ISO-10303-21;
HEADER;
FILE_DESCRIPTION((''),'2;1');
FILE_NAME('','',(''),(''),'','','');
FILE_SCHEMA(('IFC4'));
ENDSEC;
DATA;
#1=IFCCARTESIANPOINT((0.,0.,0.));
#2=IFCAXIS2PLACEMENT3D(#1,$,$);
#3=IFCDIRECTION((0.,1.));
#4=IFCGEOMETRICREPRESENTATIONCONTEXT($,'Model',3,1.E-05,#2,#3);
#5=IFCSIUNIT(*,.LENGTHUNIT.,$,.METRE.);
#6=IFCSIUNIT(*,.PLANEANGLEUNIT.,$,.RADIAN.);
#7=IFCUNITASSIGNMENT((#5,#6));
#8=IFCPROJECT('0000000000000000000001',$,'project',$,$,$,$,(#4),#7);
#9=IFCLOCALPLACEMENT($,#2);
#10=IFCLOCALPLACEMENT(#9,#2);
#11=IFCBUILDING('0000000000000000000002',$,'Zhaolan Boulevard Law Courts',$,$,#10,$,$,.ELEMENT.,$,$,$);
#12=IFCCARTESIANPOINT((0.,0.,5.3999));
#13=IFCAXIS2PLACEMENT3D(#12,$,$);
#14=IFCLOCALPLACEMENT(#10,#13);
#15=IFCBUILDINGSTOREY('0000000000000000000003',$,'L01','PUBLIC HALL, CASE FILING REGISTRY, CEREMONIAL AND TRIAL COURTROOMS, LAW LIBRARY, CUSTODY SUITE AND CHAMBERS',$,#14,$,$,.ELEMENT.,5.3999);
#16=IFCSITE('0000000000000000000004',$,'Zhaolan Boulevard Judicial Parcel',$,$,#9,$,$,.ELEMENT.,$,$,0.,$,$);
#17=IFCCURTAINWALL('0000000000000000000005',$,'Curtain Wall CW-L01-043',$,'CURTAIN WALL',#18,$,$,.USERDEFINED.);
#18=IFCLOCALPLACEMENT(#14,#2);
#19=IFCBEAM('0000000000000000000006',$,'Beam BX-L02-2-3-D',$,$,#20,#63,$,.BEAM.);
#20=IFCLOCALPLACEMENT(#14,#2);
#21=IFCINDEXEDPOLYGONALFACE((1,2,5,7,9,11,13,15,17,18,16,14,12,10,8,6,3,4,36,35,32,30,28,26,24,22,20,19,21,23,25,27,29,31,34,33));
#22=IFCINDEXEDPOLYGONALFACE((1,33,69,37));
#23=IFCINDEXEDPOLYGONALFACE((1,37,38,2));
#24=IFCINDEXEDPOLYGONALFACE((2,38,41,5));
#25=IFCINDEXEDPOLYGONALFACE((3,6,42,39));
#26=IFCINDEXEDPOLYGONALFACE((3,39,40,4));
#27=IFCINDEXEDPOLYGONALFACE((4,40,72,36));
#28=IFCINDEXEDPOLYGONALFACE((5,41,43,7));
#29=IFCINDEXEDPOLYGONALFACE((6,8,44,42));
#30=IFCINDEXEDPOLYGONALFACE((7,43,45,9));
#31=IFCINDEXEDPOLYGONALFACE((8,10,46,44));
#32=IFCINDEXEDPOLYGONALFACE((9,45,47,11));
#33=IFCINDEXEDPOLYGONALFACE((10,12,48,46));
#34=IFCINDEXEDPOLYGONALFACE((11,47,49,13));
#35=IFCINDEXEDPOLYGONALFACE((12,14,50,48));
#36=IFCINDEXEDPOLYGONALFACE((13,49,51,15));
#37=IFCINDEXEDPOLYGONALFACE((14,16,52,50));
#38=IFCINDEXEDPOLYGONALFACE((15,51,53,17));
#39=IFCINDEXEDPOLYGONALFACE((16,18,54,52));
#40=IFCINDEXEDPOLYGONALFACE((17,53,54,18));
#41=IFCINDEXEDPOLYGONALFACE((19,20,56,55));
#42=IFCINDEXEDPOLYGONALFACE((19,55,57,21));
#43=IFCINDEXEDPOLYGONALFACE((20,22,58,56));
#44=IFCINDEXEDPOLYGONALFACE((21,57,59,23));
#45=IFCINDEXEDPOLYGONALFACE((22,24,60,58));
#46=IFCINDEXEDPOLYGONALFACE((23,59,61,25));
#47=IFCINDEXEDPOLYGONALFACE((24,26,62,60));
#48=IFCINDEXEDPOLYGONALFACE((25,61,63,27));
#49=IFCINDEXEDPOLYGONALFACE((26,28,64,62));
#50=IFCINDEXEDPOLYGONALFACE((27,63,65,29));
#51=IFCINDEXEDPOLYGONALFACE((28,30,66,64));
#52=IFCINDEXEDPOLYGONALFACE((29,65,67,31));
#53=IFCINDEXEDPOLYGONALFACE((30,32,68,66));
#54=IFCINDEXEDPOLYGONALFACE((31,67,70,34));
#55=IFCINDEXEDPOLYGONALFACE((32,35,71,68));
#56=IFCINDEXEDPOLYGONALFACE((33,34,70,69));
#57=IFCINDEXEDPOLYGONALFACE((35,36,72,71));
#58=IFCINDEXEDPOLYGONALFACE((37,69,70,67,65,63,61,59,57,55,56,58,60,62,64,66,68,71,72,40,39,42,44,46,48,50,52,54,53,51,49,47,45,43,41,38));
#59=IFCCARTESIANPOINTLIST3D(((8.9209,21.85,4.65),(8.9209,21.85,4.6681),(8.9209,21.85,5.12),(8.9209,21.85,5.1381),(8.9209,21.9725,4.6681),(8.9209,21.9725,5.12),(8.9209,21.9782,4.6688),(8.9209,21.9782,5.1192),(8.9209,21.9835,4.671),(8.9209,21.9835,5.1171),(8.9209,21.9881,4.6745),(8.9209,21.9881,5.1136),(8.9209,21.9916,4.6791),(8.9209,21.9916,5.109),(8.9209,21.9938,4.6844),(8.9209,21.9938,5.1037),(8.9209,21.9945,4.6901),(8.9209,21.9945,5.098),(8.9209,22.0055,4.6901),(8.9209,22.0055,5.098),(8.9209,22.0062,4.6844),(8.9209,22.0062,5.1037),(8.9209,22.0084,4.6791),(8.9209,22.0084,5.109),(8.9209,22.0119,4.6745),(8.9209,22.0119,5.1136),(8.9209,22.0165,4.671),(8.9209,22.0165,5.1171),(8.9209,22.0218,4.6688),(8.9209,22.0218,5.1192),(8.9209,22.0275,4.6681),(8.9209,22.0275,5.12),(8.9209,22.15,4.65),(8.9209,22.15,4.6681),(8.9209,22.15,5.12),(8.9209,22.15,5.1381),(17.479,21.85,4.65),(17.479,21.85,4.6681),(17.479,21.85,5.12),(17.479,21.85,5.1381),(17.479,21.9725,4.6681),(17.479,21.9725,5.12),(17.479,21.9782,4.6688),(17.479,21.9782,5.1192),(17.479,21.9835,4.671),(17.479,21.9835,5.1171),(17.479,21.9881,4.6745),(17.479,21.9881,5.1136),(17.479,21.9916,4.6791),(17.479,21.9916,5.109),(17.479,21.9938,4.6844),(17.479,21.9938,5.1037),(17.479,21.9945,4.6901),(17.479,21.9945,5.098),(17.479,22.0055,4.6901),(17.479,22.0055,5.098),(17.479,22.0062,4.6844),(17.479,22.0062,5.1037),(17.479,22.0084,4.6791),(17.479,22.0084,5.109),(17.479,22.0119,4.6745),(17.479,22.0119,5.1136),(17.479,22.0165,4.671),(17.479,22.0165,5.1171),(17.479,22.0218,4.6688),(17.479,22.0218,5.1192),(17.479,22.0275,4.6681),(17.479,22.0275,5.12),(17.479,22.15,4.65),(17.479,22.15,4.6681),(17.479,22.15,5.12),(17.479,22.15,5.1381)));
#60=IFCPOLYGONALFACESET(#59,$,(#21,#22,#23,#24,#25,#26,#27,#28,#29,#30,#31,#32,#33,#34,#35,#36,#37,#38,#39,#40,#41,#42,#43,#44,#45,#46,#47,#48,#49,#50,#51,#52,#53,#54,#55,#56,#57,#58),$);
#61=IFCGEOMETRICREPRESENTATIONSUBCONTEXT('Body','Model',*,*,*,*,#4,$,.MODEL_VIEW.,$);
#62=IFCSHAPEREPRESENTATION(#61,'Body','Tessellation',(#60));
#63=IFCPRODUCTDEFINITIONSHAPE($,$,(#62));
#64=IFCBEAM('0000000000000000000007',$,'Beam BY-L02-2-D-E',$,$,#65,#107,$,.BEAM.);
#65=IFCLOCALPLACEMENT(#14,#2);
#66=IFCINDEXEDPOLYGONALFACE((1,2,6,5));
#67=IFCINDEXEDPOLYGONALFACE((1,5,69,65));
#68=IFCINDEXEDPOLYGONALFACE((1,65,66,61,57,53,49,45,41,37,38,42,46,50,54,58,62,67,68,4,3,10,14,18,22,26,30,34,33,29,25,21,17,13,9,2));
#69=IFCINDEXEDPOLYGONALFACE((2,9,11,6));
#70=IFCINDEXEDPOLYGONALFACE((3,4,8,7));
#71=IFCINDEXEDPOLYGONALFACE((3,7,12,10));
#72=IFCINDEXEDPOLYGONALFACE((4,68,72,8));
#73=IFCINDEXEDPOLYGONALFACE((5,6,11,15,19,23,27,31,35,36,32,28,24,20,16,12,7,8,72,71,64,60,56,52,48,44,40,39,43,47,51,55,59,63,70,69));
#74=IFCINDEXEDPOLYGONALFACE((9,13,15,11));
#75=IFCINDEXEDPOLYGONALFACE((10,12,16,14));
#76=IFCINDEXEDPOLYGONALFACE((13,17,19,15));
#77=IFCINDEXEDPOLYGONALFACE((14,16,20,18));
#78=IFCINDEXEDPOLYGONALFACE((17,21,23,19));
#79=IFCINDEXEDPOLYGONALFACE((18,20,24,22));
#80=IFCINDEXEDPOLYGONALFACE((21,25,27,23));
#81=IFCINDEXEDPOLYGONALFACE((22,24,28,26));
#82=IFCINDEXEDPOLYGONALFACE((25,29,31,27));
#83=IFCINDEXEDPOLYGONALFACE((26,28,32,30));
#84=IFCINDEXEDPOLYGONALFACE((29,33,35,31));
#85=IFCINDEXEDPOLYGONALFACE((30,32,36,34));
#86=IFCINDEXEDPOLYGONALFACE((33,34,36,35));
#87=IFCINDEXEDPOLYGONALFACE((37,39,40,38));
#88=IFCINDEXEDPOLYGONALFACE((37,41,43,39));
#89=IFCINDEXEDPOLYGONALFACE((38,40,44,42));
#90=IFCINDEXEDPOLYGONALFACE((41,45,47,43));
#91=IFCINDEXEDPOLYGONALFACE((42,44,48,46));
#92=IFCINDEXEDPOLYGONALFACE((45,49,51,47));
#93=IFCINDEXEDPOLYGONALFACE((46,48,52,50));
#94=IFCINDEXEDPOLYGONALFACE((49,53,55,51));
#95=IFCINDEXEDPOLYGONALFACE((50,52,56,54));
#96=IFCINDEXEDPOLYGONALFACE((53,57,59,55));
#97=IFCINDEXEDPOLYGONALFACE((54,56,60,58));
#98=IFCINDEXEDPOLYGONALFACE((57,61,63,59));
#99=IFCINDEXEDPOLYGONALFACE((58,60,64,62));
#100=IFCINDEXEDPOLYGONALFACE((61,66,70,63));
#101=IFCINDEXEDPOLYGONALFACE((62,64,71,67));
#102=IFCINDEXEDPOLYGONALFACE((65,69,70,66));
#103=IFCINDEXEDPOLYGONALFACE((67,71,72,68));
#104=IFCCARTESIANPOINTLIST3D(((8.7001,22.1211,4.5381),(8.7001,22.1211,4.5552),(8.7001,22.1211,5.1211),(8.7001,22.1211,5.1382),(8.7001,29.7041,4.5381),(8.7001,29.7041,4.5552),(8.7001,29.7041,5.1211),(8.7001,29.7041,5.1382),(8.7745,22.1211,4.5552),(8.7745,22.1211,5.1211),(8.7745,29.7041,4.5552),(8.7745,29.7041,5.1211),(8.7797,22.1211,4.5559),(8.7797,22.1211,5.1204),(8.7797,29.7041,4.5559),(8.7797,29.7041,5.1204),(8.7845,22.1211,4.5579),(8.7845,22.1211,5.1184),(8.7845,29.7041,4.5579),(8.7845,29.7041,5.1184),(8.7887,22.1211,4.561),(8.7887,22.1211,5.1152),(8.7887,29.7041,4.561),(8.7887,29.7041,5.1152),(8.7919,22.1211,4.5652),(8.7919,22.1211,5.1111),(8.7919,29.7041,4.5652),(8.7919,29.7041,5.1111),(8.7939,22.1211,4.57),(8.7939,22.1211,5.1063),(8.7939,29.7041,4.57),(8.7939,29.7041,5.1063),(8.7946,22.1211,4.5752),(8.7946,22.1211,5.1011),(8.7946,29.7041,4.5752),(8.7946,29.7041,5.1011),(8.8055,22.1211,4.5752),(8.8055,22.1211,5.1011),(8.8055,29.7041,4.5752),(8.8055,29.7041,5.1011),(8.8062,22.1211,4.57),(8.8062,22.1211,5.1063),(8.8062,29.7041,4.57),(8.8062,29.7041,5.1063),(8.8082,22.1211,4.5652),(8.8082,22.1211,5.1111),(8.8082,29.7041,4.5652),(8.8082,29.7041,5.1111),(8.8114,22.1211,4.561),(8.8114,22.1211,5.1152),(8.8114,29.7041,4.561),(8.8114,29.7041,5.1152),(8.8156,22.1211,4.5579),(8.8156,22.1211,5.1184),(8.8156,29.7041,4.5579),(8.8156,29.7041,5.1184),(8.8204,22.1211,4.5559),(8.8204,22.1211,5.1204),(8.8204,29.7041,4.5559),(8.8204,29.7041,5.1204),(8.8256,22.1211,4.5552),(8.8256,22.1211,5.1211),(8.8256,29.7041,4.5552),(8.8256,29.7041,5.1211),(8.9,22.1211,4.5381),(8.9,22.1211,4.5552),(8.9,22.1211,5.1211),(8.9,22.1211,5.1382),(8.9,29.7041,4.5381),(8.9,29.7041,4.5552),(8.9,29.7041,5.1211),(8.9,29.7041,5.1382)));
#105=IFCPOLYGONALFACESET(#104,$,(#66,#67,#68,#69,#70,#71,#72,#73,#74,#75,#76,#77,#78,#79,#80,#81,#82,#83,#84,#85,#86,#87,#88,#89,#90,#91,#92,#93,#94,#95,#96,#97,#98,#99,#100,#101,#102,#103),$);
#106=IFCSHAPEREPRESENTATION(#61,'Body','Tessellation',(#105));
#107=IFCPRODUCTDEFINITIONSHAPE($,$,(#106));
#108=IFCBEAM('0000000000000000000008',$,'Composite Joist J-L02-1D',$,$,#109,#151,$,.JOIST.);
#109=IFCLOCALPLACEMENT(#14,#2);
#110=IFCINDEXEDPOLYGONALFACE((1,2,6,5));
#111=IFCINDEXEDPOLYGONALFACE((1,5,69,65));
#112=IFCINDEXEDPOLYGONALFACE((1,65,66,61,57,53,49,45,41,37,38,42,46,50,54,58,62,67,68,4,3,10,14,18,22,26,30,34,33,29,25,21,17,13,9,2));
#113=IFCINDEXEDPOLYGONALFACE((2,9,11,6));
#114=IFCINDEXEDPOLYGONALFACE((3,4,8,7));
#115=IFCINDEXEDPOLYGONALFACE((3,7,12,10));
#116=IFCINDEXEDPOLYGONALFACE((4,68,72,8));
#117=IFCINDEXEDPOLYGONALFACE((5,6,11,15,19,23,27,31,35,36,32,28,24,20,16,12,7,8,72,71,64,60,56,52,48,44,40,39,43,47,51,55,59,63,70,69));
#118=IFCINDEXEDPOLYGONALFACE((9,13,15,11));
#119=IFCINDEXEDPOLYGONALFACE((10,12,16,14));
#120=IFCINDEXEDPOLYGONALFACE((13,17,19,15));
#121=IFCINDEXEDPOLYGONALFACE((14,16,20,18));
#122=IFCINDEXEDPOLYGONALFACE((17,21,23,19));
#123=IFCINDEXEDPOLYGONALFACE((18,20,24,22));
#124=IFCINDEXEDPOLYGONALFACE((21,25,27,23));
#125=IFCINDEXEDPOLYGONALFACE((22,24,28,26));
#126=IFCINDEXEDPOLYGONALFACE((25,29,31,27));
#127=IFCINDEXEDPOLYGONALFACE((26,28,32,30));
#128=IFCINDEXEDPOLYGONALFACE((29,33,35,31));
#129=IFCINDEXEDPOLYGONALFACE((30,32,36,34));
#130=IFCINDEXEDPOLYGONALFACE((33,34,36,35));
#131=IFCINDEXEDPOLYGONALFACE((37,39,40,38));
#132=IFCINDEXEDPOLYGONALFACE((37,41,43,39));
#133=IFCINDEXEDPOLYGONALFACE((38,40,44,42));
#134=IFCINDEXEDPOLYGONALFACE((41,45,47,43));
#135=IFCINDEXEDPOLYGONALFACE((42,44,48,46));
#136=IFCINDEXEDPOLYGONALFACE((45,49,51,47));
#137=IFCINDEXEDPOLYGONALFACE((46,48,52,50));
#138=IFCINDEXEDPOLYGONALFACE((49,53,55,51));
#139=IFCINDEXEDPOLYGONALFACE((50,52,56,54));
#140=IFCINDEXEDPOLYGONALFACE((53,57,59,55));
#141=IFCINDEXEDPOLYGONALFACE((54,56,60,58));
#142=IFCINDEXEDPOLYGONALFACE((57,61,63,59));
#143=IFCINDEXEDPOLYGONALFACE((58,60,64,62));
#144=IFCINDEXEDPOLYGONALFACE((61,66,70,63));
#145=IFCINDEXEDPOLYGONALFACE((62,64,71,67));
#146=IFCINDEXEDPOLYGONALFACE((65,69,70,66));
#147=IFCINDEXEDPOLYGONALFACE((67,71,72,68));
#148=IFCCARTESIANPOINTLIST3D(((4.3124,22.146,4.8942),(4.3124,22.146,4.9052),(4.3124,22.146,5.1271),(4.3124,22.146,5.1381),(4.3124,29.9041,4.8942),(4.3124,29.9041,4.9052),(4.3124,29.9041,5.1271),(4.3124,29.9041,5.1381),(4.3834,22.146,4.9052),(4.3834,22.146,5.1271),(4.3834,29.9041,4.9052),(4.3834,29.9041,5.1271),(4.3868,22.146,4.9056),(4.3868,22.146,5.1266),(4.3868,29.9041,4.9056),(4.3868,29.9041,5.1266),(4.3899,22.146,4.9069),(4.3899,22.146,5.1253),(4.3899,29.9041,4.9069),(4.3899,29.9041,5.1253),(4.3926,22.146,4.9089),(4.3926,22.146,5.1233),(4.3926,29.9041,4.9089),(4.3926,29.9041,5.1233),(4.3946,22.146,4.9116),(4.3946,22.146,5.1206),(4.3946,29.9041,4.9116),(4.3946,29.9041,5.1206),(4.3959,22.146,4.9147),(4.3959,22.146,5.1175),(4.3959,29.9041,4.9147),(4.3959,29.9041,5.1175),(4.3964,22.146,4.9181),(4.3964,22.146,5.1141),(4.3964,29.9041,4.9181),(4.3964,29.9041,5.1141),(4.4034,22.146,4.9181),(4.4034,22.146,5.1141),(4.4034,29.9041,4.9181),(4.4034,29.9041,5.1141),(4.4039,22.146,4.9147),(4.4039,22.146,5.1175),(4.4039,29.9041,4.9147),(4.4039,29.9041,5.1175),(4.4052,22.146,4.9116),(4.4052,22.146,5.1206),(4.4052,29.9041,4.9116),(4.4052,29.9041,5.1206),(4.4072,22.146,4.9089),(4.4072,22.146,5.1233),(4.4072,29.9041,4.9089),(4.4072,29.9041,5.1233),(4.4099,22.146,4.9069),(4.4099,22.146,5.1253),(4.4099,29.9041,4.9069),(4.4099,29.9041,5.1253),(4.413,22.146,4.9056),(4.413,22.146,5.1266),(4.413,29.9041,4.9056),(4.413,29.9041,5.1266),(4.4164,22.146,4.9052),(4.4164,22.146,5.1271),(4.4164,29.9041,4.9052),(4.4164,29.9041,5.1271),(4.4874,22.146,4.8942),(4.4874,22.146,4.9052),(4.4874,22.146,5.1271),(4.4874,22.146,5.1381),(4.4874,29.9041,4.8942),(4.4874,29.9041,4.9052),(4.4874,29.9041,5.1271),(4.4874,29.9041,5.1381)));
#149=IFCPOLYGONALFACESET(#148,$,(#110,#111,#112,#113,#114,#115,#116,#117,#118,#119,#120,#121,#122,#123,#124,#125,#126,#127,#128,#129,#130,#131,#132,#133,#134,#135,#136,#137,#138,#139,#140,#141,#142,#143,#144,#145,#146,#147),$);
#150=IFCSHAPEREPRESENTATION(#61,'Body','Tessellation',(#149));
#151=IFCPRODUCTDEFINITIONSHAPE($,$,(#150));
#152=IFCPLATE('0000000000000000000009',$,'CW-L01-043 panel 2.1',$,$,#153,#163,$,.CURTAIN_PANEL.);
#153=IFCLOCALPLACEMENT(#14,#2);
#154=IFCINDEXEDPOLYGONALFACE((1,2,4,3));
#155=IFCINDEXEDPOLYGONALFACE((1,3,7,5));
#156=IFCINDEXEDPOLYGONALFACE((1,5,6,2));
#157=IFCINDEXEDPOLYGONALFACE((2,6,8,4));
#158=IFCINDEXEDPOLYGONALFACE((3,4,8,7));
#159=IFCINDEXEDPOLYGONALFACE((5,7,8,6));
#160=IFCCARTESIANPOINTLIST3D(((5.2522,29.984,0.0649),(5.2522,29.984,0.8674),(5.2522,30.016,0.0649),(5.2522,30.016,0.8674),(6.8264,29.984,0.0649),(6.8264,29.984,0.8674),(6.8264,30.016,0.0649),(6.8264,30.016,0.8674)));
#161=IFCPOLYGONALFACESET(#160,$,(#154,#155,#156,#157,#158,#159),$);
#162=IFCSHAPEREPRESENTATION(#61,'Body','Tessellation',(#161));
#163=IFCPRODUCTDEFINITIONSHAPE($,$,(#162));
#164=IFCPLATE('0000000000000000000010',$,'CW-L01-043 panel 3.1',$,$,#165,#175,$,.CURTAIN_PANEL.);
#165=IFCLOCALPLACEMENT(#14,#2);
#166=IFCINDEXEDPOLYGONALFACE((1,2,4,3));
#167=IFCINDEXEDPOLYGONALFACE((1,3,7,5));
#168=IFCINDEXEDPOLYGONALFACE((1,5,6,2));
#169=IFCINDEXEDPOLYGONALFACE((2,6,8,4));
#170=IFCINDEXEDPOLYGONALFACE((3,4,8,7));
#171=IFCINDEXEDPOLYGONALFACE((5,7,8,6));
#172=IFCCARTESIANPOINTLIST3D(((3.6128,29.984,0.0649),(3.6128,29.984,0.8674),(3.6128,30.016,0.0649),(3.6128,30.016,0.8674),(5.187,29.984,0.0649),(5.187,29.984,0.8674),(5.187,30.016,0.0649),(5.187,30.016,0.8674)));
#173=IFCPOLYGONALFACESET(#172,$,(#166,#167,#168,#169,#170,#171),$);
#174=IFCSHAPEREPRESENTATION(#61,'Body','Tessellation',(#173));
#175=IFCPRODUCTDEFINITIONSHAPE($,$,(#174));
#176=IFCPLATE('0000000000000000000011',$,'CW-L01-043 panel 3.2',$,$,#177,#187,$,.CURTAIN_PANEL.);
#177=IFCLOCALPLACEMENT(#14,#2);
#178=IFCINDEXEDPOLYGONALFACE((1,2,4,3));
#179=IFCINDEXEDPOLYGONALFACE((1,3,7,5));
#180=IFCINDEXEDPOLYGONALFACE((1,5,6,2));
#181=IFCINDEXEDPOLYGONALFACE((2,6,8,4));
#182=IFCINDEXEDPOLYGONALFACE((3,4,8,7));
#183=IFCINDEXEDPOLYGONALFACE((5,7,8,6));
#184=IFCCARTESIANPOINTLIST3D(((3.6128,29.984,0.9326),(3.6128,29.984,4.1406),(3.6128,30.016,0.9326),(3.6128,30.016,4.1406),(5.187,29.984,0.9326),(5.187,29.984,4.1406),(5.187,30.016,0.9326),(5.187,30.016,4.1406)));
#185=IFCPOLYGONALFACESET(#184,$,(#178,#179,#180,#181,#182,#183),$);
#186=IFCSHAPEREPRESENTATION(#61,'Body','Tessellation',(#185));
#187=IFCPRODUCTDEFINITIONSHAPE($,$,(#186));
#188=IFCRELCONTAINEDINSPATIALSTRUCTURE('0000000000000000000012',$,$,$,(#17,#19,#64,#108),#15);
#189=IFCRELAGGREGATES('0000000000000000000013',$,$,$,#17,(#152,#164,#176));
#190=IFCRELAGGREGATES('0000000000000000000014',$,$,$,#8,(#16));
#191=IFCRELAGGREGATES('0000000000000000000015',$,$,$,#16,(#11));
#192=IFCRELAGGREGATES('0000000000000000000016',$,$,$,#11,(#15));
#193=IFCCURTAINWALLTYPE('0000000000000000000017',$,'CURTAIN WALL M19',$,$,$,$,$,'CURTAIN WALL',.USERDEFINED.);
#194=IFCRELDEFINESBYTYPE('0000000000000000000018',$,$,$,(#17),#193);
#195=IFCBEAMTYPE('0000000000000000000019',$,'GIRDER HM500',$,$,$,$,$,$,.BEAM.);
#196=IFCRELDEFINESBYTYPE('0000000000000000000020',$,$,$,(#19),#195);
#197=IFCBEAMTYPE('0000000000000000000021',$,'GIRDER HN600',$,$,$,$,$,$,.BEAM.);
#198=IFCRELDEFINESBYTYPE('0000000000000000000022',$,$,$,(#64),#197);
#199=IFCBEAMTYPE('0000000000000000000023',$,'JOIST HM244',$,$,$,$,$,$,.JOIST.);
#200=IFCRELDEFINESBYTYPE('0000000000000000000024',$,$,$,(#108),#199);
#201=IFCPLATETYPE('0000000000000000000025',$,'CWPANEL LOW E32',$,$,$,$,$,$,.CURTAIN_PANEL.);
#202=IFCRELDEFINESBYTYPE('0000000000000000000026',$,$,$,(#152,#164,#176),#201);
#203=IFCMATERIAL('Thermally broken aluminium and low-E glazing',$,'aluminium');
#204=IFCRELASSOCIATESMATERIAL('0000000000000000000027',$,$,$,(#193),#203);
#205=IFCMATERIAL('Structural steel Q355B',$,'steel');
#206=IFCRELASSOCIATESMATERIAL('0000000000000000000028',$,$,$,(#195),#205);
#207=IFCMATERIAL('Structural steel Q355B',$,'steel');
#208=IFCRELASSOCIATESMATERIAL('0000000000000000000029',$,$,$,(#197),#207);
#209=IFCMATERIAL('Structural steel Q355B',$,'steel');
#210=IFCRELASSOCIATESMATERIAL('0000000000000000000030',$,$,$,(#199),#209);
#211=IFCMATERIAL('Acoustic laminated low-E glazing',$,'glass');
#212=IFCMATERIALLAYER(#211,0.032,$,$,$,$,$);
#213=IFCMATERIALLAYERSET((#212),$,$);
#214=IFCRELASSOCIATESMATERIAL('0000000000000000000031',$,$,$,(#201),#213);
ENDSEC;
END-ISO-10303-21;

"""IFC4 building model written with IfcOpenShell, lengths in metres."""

from ifc_helpers import new_model, si_unit, direction, frame, origin, origin_2d, place, context, subcontext, project, spatial, rectangle, i_section, extrude, material, layer, layer_set, material_profile, profile_set, type_object, element, aggregate, save


model = new_model("IFC4")

# Units and contexts
model_context = context("Model", 3, precision=1e-05, world=origin(), true_north=direction((0.0, 1.0)))
body_context = subcontext(model_context, "Body", "Model", "MODEL_VIEW")
ifc_project = project(units=[si_unit("LENGTHUNIT", "METRE"), si_unit("PLANEANGLEUNIT", "RADIAN")], contexts=[model_context])

# Site, building, storey
site_placement = place(None, origin())
site = spatial("IfcSite", under=ifc_project, at=site_placement, Name="Zhaolan Boulevard Judicial Parcel", CompositionType="ELEMENT", RefElevation=0.0)
building_placement = place(site_placement, origin())
building = spatial("IfcBuilding", under=site, at=building_placement, Name="Zhaolan Boulevard Law Courts", CompositionType="ELEMENT")
storey_placement = place(building_placement, frame((0.0, 0.0, 5.3999)))
storey = spatial("IfcBuildingStorey", under=building, at=storey_placement, Name="L01", Description="PUBLIC HALL, CASE FILING REGISTRY, CEREMONIAL AND TRIAL COURTROOMS, LAW LIBRARY, CUSTODY SUITE AND CHAMBERS", CompositionType="ELEMENT", Elevation=5.3999)

# Curtain wall
ifc_material_1 = material(Name="Thermally broken aluminium and low-E glazing", Category="aluminium")
curtain_wall_type = type_object("IfcCurtainWallType", Name="CURTAIN WALL M19", ElementType="CURTAIN WALL", PredefinedType="USERDEFINED", material=ifc_material_1)
curtain_wall_placement = place(storey_placement, origin())
curtain_wall = element("IfcCurtainWall", 1, at=curtain_wall_placement, inside=storey, type_object=curtain_wall_type, Name="Curtain Wall CW-L01-043", ObjectType="CURTAIN WALL", PredefinedType="USERDEFINED")

# Beams
ifc_material_2 = material(Name="Structural steel Q355B", Category="steel")
ifc_material_profile_1 = material_profile(ifc_material_2, i_section(OverallWidth=0.3, OverallDepth=0.488, WebThickness=0.011, FlangeThickness=0.0181, FilletRadius=0.022, at=origin_2d()), Name="HM488x300")
ifc_profile_set_1 = profile_set([ifc_material_profile_1], Name="Structural steel Q355B")
beam_type_1 = type_object("IfcBeamType", Name="GIRDER HM500", PredefinedType="BEAM", material=ifc_profile_set_1)
beam_1_placement = place(storey_placement, frame((8.9209, 22.0, 4.894), z_axis=(1.0, 0.0, 0.0), x_axis=(0.0, 1.0, 0.0)))
element("IfcBeam", 2, at=beam_1_placement, inside=storey, type_object=beam_type_1, Name="Beam BX-L02-2-3-D", PredefinedType="BEAM", context=body_context, shape_type="SweptSolid", body=[
    extrude(i_section(OverallWidth=0.3, OverallDepth=0.488, WebThickness=0.011, FlangeThickness=0.0181, FilletRadius=0.022, at=origin_2d()), origin(), (0.0, 0.0, 1.0), 8.5581),
])
ifc_material_3 = material(Name="Structural steel Q355B", Category="steel")
ifc_material_profile_2 = material_profile(ifc_material_3, i_section(OverallWidth=0.2, OverallDepth=0.6001, WebThickness=0.011, FlangeThickness=0.0171, FilletRadius=0.02, at=origin_2d()), Name="HN600x200")
ifc_profile_set_2 = profile_set([ifc_material_profile_2], Name="Structural steel Q355B")
beam_type_2 = type_object("IfcBeamType", Name="GIRDER HN600", PredefinedType="BEAM", material=ifc_profile_set_2)
beam_2_placement = place(storey_placement, frame((8.8, 22.1211, 4.8381), z_axis=(0.0, 1.0, 0.0), x_axis=(-1.0, 0.0, 0.0)))
element("IfcBeam", 3, at=beam_2_placement, inside=storey, type_object=beam_type_2, Name="Beam BY-L02-2-D-E", PredefinedType="BEAM", context=body_context, shape_type="SweptSolid", body=[
    extrude(i_section(OverallWidth=0.2, OverallDepth=0.6001, WebThickness=0.011, FlangeThickness=0.0171, FilletRadius=0.02, at=origin_2d()), origin(), (0.0, 0.0, 1.0), 7.583),
])
ifc_material_4 = material(Name="Structural steel Q355B", Category="steel")
ifc_material_profile_3 = material_profile(ifc_material_4, i_section(OverallWidth=0.175, OverallDepth=0.2439, WebThickness=0.0071, FlangeThickness=0.011, FilletRadius=0.0129, at=origin_2d()), Name="HM244x175")
ifc_profile_set_3 = profile_set([ifc_material_profile_3], Name="Structural steel Q355B")
beam_type_3 = type_object("IfcBeamType", Name="JOIST HM244", PredefinedType="JOIST", material=ifc_profile_set_3)
beam_3_placement = place(storey_placement, frame((4.3999, 22.146, 5.0161), z_axis=(0.0, 1.0, 0.0), x_axis=(-1.0, 0.0, 0.0)))
element("IfcBeam", 4, at=beam_3_placement, inside=storey, type_object=beam_type_3, Name="Composite Joist J-L02-1D", PredefinedType="JOIST", context=body_context, shape_type="SweptSolid", body=[
    extrude(i_section(OverallWidth=0.175, OverallDepth=0.2439, WebThickness=0.0071, FlangeThickness=0.011, FilletRadius=0.0129, at=origin_2d()), origin(), (0.0, 0.0, 1.0), 7.7581),
])

# Plates
ifc_material_5 = material(Name="Acoustic laminated low-E glazing", Category="glass")
ifc_layer = layer(ifc_material_5, 0.032)
ifc_layer_set = layer_set([ifc_layer])
plate_type = type_object("IfcPlateType", Name="CWPANEL LOW E32", PredefinedType="CURTAIN_PANEL", material=ifc_layer_set)
plate_1_placement = place(storey_placement, frame((6.0393, 30.0, 0.0649), z_axis=(0.0, 0.0, 1.0), x_axis=(-1.0, 0.0, 0.0)))
plate_1 = element("IfcPlate", 5, at=plate_1_placement, type_object=plate_type, Name="CW-L01-043 panel 2.1", PredefinedType="CURTAIN_PANEL", context=body_context, shape_type="SweptSolid", body=[
    extrude(rectangle(XDim=1.5742, YDim=0.032, at=origin_2d()), origin(), (0.0, 0.0, 1.0), 0.8025),
])
plate_2_placement = place(storey_placement, frame((4.3999, 30.0, 0.0649), z_axis=(0.0, 0.0, 1.0), x_axis=(-1.0, 0.0, 0.0)))
plate_2 = element("IfcPlate", 6, at=plate_2_placement, type_object=plate_type, Name="CW-L01-043 panel 3.1", PredefinedType="CURTAIN_PANEL", context=body_context, shape_type="SweptSolid", body=[
    extrude(rectangle(XDim=1.5742, YDim=0.032, at=origin_2d()), origin(), (0.0, 0.0, 1.0), 0.8025),
])
plate_3_placement = place(storey_placement, frame((4.3999, 30.0, 0.9326), z_axis=(0.0, 0.0, 1.0), x_axis=(-1.0, 0.0, 0.0)))
plate_3 = element("IfcPlate", 7, at=plate_3_placement, type_object=plate_type, Name="CW-L01-043 panel 3.2", PredefinedType="CURTAIN_PANEL", context=body_context, shape_type="SweptSolid", body=[
    extrude(rectangle(XDim=1.5742, YDim=0.032, at=origin_2d()), origin(), (0.0, 0.0, 1.0), 3.208),
])
aggregate(curtain_wall, [plate_1, plate_2, plate_3])

save(model, "model.ifc")
